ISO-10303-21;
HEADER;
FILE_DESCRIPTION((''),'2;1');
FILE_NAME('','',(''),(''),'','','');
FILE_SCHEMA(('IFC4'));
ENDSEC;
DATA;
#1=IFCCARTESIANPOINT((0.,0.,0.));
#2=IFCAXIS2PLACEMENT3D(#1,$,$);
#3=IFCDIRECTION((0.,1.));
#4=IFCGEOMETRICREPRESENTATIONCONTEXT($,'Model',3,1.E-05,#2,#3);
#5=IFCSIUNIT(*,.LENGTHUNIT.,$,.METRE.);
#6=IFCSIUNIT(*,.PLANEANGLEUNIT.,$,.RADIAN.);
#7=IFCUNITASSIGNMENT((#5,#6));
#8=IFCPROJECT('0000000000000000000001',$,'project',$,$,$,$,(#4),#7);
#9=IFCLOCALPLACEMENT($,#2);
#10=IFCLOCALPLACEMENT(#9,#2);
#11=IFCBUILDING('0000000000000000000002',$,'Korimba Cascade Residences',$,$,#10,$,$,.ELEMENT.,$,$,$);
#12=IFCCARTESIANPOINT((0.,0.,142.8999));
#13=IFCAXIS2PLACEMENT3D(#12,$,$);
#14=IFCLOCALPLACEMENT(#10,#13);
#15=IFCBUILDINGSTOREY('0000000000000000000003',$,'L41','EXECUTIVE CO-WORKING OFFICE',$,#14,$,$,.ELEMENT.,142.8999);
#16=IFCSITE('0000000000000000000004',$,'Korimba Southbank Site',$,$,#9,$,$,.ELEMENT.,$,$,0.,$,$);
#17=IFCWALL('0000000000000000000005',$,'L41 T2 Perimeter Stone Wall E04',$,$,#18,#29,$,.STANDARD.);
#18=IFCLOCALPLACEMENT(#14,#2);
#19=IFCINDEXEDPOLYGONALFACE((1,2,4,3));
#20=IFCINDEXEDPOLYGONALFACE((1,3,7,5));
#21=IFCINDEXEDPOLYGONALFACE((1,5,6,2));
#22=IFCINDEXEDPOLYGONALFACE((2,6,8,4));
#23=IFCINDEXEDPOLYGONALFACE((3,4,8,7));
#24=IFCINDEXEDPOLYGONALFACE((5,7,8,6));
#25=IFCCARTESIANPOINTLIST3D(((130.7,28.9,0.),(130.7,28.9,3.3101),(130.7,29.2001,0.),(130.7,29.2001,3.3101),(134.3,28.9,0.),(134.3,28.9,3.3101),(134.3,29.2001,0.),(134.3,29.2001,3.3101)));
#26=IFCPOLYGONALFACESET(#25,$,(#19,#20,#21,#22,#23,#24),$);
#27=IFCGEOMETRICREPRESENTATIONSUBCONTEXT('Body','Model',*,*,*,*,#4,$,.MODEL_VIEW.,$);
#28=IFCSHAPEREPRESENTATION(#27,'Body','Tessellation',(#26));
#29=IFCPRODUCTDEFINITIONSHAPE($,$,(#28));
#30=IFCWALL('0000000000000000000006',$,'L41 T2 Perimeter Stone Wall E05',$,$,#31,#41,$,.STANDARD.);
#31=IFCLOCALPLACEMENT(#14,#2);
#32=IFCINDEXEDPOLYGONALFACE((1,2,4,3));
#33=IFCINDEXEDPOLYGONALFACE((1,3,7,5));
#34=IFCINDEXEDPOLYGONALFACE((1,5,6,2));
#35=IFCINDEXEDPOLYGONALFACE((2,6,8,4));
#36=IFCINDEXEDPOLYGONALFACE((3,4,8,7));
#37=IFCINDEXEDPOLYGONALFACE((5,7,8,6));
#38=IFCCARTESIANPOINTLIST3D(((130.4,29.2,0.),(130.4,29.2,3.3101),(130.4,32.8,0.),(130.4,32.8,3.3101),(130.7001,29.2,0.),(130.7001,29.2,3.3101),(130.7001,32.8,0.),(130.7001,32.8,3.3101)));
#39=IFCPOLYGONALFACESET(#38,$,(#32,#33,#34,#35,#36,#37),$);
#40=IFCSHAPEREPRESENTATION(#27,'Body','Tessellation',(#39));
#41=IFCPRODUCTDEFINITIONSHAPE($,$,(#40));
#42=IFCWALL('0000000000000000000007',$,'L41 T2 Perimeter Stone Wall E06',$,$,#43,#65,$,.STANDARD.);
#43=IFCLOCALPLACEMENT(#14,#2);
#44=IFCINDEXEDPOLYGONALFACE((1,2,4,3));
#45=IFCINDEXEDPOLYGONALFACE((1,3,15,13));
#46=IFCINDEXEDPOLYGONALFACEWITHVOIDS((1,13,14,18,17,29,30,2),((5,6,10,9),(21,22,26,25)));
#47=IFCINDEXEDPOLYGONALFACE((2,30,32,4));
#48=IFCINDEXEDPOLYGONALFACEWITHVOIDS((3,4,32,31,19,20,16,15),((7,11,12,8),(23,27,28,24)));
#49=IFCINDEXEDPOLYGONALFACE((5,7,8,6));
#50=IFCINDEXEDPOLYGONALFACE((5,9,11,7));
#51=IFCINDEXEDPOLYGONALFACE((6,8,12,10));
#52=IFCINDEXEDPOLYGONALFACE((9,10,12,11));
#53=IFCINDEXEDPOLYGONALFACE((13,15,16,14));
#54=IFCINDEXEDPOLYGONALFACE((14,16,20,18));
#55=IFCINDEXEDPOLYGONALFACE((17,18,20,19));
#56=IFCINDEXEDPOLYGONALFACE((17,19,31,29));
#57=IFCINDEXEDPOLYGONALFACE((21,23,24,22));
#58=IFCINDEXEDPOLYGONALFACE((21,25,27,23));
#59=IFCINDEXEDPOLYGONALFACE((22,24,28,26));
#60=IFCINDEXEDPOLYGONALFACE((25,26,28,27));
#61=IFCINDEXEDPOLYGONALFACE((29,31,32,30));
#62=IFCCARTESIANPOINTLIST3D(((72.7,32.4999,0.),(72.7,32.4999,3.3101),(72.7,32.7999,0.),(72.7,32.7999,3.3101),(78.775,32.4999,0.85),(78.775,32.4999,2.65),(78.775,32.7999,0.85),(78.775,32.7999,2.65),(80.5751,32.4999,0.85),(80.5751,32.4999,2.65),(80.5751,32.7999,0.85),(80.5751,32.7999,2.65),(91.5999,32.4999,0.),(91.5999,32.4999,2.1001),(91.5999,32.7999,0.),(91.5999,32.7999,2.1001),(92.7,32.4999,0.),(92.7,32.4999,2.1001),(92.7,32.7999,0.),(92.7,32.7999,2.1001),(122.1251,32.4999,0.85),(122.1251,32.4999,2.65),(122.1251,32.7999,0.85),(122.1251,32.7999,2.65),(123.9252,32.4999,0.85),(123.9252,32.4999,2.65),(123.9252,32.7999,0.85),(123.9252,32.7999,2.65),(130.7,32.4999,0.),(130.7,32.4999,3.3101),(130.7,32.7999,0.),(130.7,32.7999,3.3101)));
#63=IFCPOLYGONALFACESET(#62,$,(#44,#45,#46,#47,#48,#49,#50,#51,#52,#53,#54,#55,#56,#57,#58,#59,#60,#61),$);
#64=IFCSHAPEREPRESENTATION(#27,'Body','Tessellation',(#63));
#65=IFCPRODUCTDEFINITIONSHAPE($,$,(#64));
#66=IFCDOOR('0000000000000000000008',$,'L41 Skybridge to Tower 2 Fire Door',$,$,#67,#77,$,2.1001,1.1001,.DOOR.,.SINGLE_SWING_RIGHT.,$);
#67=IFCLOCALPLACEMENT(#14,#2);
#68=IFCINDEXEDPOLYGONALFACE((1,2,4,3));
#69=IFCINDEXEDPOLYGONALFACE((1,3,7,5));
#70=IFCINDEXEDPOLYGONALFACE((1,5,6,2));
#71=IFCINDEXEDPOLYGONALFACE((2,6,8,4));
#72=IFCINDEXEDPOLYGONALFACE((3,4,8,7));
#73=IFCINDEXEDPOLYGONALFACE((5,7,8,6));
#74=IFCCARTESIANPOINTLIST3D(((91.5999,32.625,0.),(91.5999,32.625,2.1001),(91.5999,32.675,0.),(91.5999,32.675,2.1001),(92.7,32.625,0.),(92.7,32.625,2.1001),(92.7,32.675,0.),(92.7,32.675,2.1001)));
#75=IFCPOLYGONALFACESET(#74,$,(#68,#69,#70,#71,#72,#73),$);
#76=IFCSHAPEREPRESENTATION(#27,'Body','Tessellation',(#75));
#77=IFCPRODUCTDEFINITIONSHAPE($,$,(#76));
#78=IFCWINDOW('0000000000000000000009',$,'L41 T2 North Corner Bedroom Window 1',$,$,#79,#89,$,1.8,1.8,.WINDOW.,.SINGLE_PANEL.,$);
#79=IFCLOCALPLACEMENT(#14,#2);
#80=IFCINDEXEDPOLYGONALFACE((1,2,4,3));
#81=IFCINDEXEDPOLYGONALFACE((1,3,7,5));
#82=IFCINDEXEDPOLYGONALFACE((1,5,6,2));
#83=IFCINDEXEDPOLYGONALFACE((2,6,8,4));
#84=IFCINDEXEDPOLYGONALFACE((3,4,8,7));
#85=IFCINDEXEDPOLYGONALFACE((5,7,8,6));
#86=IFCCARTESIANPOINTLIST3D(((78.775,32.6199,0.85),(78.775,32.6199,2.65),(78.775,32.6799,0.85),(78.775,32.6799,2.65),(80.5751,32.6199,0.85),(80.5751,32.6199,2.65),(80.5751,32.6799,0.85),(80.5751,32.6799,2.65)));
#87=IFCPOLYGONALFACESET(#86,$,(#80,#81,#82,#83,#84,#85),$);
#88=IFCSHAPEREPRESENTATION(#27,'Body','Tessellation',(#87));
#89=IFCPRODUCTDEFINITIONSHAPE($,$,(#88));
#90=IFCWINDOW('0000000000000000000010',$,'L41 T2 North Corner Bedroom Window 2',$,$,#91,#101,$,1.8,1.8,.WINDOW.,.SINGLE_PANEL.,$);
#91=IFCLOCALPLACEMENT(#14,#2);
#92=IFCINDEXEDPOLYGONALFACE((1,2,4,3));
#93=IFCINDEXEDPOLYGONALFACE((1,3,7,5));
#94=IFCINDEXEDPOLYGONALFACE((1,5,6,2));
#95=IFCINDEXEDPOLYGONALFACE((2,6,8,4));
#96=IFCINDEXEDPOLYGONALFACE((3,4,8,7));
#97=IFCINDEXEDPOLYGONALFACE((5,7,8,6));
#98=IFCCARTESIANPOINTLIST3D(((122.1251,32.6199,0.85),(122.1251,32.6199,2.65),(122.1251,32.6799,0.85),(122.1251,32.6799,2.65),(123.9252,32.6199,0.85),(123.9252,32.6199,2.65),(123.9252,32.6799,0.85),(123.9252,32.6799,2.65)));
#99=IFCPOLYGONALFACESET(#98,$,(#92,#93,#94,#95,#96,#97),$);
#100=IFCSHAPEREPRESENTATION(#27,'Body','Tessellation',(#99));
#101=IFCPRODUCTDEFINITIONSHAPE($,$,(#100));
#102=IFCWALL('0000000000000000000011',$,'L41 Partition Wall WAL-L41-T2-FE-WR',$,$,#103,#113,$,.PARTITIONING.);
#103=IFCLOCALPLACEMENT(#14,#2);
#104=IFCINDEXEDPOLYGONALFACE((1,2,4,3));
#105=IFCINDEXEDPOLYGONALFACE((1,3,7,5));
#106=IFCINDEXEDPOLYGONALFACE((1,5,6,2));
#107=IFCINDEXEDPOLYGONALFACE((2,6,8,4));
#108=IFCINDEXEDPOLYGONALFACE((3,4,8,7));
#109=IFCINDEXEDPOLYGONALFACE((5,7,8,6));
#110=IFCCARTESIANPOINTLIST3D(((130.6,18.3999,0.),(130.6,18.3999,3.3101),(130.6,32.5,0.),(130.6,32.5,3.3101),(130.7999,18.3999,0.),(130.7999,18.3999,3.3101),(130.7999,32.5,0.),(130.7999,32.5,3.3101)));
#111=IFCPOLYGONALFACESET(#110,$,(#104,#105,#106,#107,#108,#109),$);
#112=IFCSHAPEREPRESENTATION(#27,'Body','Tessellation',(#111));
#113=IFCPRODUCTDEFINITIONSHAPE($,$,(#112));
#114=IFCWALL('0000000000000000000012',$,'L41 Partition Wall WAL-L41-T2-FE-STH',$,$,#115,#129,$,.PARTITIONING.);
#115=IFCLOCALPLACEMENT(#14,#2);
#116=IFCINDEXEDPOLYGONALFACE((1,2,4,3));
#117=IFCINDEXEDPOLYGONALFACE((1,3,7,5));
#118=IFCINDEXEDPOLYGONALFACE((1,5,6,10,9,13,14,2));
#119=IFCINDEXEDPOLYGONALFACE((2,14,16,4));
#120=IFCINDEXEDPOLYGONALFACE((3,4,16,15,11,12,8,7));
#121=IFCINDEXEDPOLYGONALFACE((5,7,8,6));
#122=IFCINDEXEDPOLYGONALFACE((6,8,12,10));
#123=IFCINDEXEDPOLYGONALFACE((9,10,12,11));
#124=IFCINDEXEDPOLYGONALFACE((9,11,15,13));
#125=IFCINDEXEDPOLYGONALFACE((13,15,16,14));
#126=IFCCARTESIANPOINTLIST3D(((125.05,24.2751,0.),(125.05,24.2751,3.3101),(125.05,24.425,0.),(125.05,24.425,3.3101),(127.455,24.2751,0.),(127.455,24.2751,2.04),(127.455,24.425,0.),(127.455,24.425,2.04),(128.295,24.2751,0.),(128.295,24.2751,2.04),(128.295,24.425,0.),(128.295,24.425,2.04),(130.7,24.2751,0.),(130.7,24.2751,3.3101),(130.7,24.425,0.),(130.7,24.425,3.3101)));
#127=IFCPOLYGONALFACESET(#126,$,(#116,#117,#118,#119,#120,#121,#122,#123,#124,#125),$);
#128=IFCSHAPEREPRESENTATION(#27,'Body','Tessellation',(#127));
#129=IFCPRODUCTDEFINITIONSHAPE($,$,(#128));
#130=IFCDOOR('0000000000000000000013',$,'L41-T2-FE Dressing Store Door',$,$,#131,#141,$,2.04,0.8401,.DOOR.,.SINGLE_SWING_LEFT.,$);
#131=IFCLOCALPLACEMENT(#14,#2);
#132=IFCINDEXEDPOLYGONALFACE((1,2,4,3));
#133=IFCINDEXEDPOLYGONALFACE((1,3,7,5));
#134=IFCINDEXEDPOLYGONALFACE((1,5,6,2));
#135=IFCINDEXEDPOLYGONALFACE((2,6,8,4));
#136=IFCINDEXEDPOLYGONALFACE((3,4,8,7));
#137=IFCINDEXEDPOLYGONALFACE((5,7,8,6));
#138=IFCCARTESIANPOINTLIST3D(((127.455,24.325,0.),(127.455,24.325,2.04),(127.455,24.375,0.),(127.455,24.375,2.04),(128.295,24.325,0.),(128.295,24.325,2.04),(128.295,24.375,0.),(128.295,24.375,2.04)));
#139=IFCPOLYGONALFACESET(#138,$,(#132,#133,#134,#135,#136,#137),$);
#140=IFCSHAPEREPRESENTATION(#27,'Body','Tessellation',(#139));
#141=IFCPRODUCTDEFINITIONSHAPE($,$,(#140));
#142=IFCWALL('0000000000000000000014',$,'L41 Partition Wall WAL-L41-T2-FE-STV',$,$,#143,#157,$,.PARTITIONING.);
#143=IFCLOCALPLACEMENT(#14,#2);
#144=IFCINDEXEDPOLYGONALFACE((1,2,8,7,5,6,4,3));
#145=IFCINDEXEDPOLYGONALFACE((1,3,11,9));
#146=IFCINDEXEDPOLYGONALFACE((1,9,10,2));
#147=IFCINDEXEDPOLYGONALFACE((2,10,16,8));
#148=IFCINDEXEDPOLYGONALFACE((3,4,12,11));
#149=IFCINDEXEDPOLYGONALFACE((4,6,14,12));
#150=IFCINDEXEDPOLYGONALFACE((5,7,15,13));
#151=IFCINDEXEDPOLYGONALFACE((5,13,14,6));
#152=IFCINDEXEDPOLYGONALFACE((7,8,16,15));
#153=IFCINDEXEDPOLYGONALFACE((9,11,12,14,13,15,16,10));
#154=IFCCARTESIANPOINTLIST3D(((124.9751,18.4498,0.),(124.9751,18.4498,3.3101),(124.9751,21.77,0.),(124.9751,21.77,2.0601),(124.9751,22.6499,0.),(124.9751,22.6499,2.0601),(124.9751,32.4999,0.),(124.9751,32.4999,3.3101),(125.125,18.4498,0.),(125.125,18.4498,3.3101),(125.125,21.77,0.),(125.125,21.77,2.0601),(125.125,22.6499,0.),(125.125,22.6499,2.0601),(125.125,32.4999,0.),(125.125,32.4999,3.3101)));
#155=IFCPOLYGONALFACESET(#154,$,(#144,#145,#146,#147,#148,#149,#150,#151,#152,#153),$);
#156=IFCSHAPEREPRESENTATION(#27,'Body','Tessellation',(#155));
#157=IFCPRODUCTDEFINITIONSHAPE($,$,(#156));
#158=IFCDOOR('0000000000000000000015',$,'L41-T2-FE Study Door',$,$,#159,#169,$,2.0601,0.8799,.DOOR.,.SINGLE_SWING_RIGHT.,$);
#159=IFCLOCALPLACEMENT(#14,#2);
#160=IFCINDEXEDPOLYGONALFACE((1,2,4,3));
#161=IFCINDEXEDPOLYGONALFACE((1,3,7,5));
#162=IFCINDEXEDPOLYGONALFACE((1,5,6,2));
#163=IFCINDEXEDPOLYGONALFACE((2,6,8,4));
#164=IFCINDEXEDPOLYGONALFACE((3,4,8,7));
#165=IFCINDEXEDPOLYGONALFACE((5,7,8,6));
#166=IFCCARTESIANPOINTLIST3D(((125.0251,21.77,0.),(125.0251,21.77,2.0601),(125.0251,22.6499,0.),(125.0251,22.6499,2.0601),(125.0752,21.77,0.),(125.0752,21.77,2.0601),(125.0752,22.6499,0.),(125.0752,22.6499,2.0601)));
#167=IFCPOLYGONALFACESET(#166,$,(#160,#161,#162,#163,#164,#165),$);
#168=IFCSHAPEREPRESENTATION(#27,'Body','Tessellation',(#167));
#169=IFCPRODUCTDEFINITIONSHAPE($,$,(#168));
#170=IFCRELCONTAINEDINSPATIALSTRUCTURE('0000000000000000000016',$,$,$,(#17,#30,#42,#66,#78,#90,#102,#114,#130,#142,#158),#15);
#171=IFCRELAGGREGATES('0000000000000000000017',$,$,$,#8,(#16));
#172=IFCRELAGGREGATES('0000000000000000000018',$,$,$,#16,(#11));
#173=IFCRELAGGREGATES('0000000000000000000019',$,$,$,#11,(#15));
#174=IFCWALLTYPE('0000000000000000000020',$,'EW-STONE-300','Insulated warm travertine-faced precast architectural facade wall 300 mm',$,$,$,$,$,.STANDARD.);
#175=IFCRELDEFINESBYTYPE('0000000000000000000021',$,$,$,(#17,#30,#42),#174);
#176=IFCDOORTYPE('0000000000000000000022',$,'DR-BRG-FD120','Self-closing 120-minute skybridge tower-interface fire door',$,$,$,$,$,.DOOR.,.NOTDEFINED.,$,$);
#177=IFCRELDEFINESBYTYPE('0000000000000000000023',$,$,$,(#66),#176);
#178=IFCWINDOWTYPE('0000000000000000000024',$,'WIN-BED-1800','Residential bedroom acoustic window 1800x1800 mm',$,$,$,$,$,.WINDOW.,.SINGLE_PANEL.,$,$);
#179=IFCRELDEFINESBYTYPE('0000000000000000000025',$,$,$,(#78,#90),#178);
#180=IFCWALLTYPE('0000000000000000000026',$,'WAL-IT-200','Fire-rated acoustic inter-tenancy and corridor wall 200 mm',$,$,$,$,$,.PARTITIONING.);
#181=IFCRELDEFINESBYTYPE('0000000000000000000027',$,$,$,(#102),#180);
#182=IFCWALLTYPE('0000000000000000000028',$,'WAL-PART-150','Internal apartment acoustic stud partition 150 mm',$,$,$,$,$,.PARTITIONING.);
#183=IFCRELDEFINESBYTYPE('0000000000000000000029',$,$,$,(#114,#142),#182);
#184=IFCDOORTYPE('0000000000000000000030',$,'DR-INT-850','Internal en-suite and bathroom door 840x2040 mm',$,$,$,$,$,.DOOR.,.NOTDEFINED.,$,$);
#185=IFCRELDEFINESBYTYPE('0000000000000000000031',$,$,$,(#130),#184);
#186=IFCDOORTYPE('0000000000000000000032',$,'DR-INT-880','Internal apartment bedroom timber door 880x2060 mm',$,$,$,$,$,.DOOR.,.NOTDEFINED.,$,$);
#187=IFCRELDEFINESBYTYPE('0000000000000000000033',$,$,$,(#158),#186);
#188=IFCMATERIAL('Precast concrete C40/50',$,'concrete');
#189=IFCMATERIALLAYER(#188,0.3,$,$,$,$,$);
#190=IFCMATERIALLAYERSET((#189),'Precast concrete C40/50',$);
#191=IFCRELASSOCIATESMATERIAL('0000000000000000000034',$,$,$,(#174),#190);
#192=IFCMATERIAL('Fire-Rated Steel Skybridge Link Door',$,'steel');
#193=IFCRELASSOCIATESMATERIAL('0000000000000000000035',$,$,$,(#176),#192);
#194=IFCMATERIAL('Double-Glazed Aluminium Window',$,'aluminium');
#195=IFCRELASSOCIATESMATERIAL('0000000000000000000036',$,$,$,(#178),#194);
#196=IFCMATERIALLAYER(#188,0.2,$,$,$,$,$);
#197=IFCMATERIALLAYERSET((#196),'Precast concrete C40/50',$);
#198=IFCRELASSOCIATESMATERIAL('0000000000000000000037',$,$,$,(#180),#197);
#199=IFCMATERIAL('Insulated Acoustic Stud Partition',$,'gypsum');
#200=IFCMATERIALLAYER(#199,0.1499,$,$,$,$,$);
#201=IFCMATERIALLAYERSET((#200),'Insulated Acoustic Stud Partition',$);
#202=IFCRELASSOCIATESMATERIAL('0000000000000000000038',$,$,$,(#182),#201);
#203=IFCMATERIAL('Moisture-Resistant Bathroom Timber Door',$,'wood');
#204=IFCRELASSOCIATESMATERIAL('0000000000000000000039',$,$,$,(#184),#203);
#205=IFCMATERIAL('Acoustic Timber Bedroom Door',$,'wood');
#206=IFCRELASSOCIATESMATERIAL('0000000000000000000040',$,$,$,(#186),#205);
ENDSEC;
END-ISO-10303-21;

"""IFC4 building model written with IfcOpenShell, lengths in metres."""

from ifc_helpers import new_model, si_unit, direction, frame, frame_2d, origin, place, context, subcontext, project, spatial, rectangle, extrude, material, layer, layer_set, type_object, element, fill, save


model = new_model("IFC4")

# Units and contexts
model_context = context("Model", 3, precision=1e-05, world=origin(), true_north=direction((0.0, 1.0)))
body_context = subcontext(model_context, "Body", "Model", "MODEL_VIEW")
ifc_project = project(units=[si_unit("LENGTHUNIT", "METRE"), si_unit("PLANEANGLEUNIT", "RADIAN")], contexts=[model_context])

# Site, building, storey
site_placement = place(None, origin())
site = spatial("IfcSite", under=ifc_project, at=site_placement, Name="Korimba Southbank Site", CompositionType="ELEMENT", RefElevation=0.0)
building_placement = place(site_placement, origin())
building = spatial("IfcBuilding", under=site, at=building_placement, Name="Korimba Cascade Residences", CompositionType="ELEMENT")
storey_placement = place(building_placement, frame((0.0, 0.0, 142.8999)))
storey = spatial("IfcBuildingStorey", under=building, at=storey_placement, Name="L41", Description="EXECUTIVE CO-WORKING OFFICE", CompositionType="ELEMENT", Elevation=142.8999)

# Walls
ifc_material_1 = material(Name="Precast concrete C40/50", Category="concrete")
ifc_layer_1 = layer(ifc_material_1, 0.3)
ifc_layer_set_1 = layer_set([ifc_layer_1], Name="Precast concrete C40/50")
wall_type_1 = type_object("IfcWallType", Name="EW-STONE-300", Description="Insulated warm travertine-faced precast architectural facade wall 300 mm", PredefinedType="STANDARD", material=ifc_layer_set_1)
for number, where, z_axis, x_axis, name in (
    (1, (134.3, 29.05, 0.0), (0.0, 0.0, 1.0), (-1.0, 0.0, 0.0), "L41 T2 Perimeter Stone Wall E04"),
    (2, (130.55, 29.2, 0.0), (0.0, 0.0, 1.0), (0.0, 1.0, 0.0), "L41 T2 Perimeter Stone Wall E05"),
):
    element("IfcWall", number, at=place(storey_placement, frame(where, z_axis=z_axis, x_axis=x_axis)), inside=storey, type_object=wall_type_1, Name=name, PredefinedType="STANDARD", context=body_context, shape_type="SweptSolid", body=[
        extrude(rectangle(XDim=3.6001, YDim=0.3, at=frame_2d((1.8, 0.0))), origin(), (0.0, 0.0, 1.0), 3.3101),
    ])

# Wall, openings, door, windows
wall_1_placement = place(storey_placement, frame((130.7, 32.6499, 0.0), z_axis=(0.0, 0.0, 1.0), x_axis=(-1.0, 0.0, 0.0)))
wall_1 = element("IfcWall", 3, at=wall_1_placement, inside=storey, type_object=wall_type_1, Name="L41 T2 Perimeter Stone Wall E06", PredefinedType="STANDARD", context=body_context, shape_type="SweptSolid", body=[
    extrude(rectangle(XDim=58.0, YDim=0.3, at=frame_2d((29.0, 0.0))), origin(), (0.0, 0.0, 1.0), 3.3101),
])
opening_1_placement = place(wall_1_placement, frame((50.125, 0.0, 0.8501)))
opening_1 = element("IfcOpeningElement", 4, at=opening_1_placement, cuts=wall_1, PredefinedType="OPENING", context=body_context, shape_type="SweptSolid", body=[
    extrude(rectangle(XDim=1.8, YDim=1.8, at=frame_2d((0.8999, 0.8999))), frame((0.0, 0.1602, 0.0), z_axis=(0.0, -1.0, 0.0), x_axis=(1.0, 0.0, 0.0)), (0.0, 0.0, 1.0), 0.3201),
])
opening_2_placement = place(wall_1_placement, frame((6.7749, 0.0, 0.8501)))
opening_2 = element("IfcOpeningElement", 5, at=opening_2_placement, cuts=wall_1, PredefinedType="OPENING", context=body_context, shape_type="SweptSolid", body=[
    extrude(rectangle(XDim=1.8, YDim=1.8, at=frame_2d((0.8999, 0.8999))), frame((0.0, 0.1602, 0.0), z_axis=(0.0, -1.0, 0.0), x_axis=(1.0, 0.0, 0.0)), (0.0, 0.0, 1.0), 0.3201),
])
opening_3_placement = place(wall_1_placement, frame((38.0, 0.0, 0.0)))
opening_3 = element("IfcOpeningElement", 6, at=opening_3_placement, cuts=wall_1, PredefinedType="OPENING", context=body_context, shape_type="SweptSolid", body=[
    extrude(rectangle(XDim=1.1001, YDim=2.1001, at=frame_2d((0.55, 1.05))), frame((0.0, 0.1602, 0.0), z_axis=(0.0, -1.0, 0.0), x_axis=(1.0, 0.0, 0.0)), (0.0, 0.0, 1.0), 0.3201),
])
ifc_material_2 = material(Name="Fire-Rated Steel Skybridge Link Door", Category="steel")
door_type_1 = type_object("IfcDoorType", Name="DR-BRG-FD120", Description="Self-closing 120-minute skybridge tower-interface fire door", OperationType="NOTDEFINED", PredefinedType="DOOR", material=ifc_material_2)
door_1_placement = place(opening_3_placement, origin())
door_1 = element("IfcDoor", 7, at=door_1_placement, inside=storey, type_object=door_type_1, Name="L41 Skybridge to Tower 2 Fire Door", OperationType="SINGLE_SWING_RIGHT", OverallHeight=2.1001, OverallWidth=1.1001, PredefinedType="DOOR", context=body_context, shape_type="SweptSolid", body=[
    extrude(rectangle(XDim=1.1001, YDim=2.1001, at=frame_2d((0.55, 1.05))), frame((0.0, 0.0249, 0.0), z_axis=(0.0, -1.0, 0.0), x_axis=(1.0, 0.0, 0.0)), (0.0, 0.0, 1.0), 0.05),
])
fill(opening_3, door_1)
ifc_material_3 = material(Name="Double-Glazed Aluminium Window", Category="aluminium")
window_type = type_object("IfcWindowType", Name="WIN-BED-1800", Description="Residential bedroom acoustic window 1800x1800 mm", PartitioningType="SINGLE_PANEL", PredefinedType="WINDOW", material=ifc_material_3)
window_1_placement = place(opening_1_placement, origin())
window_1 = element("IfcWindow", 8, at=window_1_placement, inside=storey, type_object=window_type, Name="L41 T2 North Corner Bedroom Window 1", OverallHeight=1.8, OverallWidth=1.8, PartitioningType="SINGLE_PANEL", PredefinedType="WINDOW", context=body_context, shape_type="SweptSolid", body=[
    extrude(rectangle(XDim=1.8, YDim=1.8, at=frame_2d((0.8999, 0.8999))), frame((0.0, 0.03, 0.0), z_axis=(0.0, -1.0, 0.0), x_axis=(1.0, 0.0, 0.0)), (0.0, 0.0, 1.0), 0.0601),
])
fill(opening_1, window_1)
window_2_placement = place(opening_2_placement, origin())
window_2 = element("IfcWindow", 9, at=window_2_placement, inside=storey, type_object=window_type, Name="L41 T2 North Corner Bedroom Window 2", OverallHeight=1.8, OverallWidth=1.8, PartitioningType="SINGLE_PANEL", PredefinedType="WINDOW", context=body_context, shape_type="SweptSolid", body=[
    extrude(rectangle(XDim=1.8, YDim=1.8, at=frame_2d((0.8999, 0.8999))), frame((0.0, 0.03, 0.0), z_axis=(0.0, -1.0, 0.0), x_axis=(1.0, 0.0, 0.0)), (0.0, 0.0, 1.0), 0.0601),
])
fill(opening_2, window_2)

# Wall
ifc_layer_2 = layer(ifc_material_1, 0.2)
ifc_layer_set_2 = layer_set([ifc_layer_2], Name="Precast concrete C40/50")
wall_type_2 = type_object("IfcWallType", Name="WAL-IT-200", Description="Fire-rated acoustic inter-tenancy and corridor wall 200 mm", PredefinedType="PARTITIONING", material=ifc_layer_set_2)
wall_2_placement = place(storey_placement, frame((130.7, 18.3999, 0.0), z_axis=(0.0, 0.0, 1.0), x_axis=(0.0, 1.0, 0.0)))
element("IfcWall", 10, at=wall_2_placement, inside=storey, type_object=wall_type_2, Name="L41 Partition Wall WAL-L41-T2-FE-WR", PredefinedType="PARTITIONING", context=body_context, shape_type="SweptSolid", body=[
    extrude(rectangle(XDim=14.1001, YDim=0.2, at=frame_2d((7.05, 0.0))), origin(), (0.0, 0.0, 1.0), 3.3101),
])

# Walls, openings, doors
ifc_material_4 = material(Name="Insulated Acoustic Stud Partition", Category="gypsum")
ifc_layer_3 = layer(ifc_material_4, 0.1499)
ifc_layer_set_3 = layer_set([ifc_layer_3], Name="Insulated Acoustic Stud Partition")
wall_type_3 = type_object("IfcWallType", Name="WAL-PART-150", Description="Internal apartment acoustic stud partition 150 mm", PredefinedType="PARTITIONING", material=ifc_layer_set_3)
wall_3_placement = place(storey_placement, frame((125.05, 24.3501, 0.0), z_axis=(0.0, 0.0, 1.0), x_axis=(1.0, 0.0, 0.0)))
wall_3 = element("IfcWall", 11, at=wall_3_placement, inside=storey, type_object=wall_type_3, Name="L41 Partition Wall WAL-L41-T2-FE-STH", PredefinedType="PARTITIONING", context=body_context, shape_type="SweptSolid", body=[
    extrude(rectangle(XDim=5.6499, YDim=0.1499, at=frame_2d((2.825, 0.0))), origin(), (0.0, 0.0, 1.0), 3.3101),
])
opening_4_placement = place(wall_3_placement, frame((2.405, 0.0, 0.0)))
opening_4 = element("IfcOpeningElement", 12, at=opening_4_placement, cuts=wall_3, PredefinedType="OPENING", context=body_context, shape_type="SweptSolid", body=[
    extrude(rectangle(XDim=0.8401, YDim=2.04, at=frame_2d((0.4199, 1.02))), frame((0.0, 0.085, 0.0), z_axis=(0.0, -1.0, 0.0), x_axis=(1.0, 0.0, 0.0)), (0.0, 0.0, 1.0), 0.1699),
])
ifc_material_5 = material(Name="Moisture-Resistant Bathroom Timber Door", Category="wood")
door_type_2 = type_object("IfcDoorType", Name="DR-INT-850", Description="Internal en-suite and bathroom door 840x2040 mm", OperationType="NOTDEFINED", PredefinedType="DOOR", material=ifc_material_5)
door_2_placement = place(opening_4_placement, origin())
door_2 = element("IfcDoor", 13, at=door_2_placement, inside=storey, type_object=door_type_2, Name="L41-T2-FE Dressing Store Door", OperationType="SINGLE_SWING_LEFT", OverallHeight=2.04, OverallWidth=0.8401, PredefinedType="DOOR", context=body_context, shape_type="SweptSolid", body=[
    extrude(rectangle(XDim=0.8401, YDim=2.04, at=frame_2d((0.4199, 1.02))), frame((0.0, 0.0249, 0.0), z_axis=(0.0, -1.0, 0.0), x_axis=(1.0, 0.0, 0.0)), (0.0, 0.0, 1.0), 0.05),
])
fill(opening_4, door_2)
wall_4_placement = place(storey_placement, frame((125.05, 18.45, 0.0), z_axis=(0.0, 0.0, 1.0), x_axis=(0.0, 1.0, 0.0)))
wall_4 = element("IfcWall", 14, at=wall_4_placement, inside=storey, type_object=wall_type_3, Name="L41 Partition Wall WAL-L41-T2-FE-STV", PredefinedType="PARTITIONING", context=body_context, shape_type="SweptSolid", body=[
    extrude(rectangle(XDim=14.05, YDim=0.1499, at=frame_2d((7.0249, 0.0))), origin(), (0.0, 0.0, 1.0), 3.3101),
])
opening_5_placement = place(wall_4_placement, frame((3.3201, 0.0, 0.0)))
opening_5 = element("IfcOpeningElement", 15, at=opening_5_placement, cuts=wall_4, PredefinedType="OPENING", context=body_context, shape_type="SweptSolid", body=[
    extrude(rectangle(XDim=0.8799, YDim=2.0601, at=frame_2d((0.4399, 1.03))), frame((0.0, 0.085, 0.0), z_axis=(0.0, -1.0, 0.0), x_axis=(1.0, 0.0, 0.0)), (0.0, 0.0, 1.0), 0.1699),
])
ifc_material_6 = material(Name="Acoustic Timber Bedroom Door", Category="wood")
door_type_3 = type_object("IfcDoorType", Name="DR-INT-880", Description="Internal apartment bedroom timber door 880x2060 mm", OperationType="NOTDEFINED", PredefinedType="DOOR", material=ifc_material_6)
door_3_placement = place(opening_5_placement, origin())
door_3 = element("IfcDoor", 16, at=door_3_placement, inside=storey, type_object=door_type_3, Name="L41-T2-FE Study Door", OperationType="SINGLE_SWING_RIGHT", OverallHeight=2.0601, OverallWidth=0.8799, PredefinedType="DOOR", context=body_context, shape_type="SweptSolid", body=[
    extrude(rectangle(XDim=0.8799, YDim=2.0601, at=frame_2d((0.4399, 1.03))), frame((0.0, 0.0249, 0.0), z_axis=(0.0, -1.0, 0.0), x_axis=(1.0, 0.0, 0.0)), (0.0, 0.0, 1.0), 0.05),
])
fill(opening_5, door_3)

save(model, "model.ifc")
